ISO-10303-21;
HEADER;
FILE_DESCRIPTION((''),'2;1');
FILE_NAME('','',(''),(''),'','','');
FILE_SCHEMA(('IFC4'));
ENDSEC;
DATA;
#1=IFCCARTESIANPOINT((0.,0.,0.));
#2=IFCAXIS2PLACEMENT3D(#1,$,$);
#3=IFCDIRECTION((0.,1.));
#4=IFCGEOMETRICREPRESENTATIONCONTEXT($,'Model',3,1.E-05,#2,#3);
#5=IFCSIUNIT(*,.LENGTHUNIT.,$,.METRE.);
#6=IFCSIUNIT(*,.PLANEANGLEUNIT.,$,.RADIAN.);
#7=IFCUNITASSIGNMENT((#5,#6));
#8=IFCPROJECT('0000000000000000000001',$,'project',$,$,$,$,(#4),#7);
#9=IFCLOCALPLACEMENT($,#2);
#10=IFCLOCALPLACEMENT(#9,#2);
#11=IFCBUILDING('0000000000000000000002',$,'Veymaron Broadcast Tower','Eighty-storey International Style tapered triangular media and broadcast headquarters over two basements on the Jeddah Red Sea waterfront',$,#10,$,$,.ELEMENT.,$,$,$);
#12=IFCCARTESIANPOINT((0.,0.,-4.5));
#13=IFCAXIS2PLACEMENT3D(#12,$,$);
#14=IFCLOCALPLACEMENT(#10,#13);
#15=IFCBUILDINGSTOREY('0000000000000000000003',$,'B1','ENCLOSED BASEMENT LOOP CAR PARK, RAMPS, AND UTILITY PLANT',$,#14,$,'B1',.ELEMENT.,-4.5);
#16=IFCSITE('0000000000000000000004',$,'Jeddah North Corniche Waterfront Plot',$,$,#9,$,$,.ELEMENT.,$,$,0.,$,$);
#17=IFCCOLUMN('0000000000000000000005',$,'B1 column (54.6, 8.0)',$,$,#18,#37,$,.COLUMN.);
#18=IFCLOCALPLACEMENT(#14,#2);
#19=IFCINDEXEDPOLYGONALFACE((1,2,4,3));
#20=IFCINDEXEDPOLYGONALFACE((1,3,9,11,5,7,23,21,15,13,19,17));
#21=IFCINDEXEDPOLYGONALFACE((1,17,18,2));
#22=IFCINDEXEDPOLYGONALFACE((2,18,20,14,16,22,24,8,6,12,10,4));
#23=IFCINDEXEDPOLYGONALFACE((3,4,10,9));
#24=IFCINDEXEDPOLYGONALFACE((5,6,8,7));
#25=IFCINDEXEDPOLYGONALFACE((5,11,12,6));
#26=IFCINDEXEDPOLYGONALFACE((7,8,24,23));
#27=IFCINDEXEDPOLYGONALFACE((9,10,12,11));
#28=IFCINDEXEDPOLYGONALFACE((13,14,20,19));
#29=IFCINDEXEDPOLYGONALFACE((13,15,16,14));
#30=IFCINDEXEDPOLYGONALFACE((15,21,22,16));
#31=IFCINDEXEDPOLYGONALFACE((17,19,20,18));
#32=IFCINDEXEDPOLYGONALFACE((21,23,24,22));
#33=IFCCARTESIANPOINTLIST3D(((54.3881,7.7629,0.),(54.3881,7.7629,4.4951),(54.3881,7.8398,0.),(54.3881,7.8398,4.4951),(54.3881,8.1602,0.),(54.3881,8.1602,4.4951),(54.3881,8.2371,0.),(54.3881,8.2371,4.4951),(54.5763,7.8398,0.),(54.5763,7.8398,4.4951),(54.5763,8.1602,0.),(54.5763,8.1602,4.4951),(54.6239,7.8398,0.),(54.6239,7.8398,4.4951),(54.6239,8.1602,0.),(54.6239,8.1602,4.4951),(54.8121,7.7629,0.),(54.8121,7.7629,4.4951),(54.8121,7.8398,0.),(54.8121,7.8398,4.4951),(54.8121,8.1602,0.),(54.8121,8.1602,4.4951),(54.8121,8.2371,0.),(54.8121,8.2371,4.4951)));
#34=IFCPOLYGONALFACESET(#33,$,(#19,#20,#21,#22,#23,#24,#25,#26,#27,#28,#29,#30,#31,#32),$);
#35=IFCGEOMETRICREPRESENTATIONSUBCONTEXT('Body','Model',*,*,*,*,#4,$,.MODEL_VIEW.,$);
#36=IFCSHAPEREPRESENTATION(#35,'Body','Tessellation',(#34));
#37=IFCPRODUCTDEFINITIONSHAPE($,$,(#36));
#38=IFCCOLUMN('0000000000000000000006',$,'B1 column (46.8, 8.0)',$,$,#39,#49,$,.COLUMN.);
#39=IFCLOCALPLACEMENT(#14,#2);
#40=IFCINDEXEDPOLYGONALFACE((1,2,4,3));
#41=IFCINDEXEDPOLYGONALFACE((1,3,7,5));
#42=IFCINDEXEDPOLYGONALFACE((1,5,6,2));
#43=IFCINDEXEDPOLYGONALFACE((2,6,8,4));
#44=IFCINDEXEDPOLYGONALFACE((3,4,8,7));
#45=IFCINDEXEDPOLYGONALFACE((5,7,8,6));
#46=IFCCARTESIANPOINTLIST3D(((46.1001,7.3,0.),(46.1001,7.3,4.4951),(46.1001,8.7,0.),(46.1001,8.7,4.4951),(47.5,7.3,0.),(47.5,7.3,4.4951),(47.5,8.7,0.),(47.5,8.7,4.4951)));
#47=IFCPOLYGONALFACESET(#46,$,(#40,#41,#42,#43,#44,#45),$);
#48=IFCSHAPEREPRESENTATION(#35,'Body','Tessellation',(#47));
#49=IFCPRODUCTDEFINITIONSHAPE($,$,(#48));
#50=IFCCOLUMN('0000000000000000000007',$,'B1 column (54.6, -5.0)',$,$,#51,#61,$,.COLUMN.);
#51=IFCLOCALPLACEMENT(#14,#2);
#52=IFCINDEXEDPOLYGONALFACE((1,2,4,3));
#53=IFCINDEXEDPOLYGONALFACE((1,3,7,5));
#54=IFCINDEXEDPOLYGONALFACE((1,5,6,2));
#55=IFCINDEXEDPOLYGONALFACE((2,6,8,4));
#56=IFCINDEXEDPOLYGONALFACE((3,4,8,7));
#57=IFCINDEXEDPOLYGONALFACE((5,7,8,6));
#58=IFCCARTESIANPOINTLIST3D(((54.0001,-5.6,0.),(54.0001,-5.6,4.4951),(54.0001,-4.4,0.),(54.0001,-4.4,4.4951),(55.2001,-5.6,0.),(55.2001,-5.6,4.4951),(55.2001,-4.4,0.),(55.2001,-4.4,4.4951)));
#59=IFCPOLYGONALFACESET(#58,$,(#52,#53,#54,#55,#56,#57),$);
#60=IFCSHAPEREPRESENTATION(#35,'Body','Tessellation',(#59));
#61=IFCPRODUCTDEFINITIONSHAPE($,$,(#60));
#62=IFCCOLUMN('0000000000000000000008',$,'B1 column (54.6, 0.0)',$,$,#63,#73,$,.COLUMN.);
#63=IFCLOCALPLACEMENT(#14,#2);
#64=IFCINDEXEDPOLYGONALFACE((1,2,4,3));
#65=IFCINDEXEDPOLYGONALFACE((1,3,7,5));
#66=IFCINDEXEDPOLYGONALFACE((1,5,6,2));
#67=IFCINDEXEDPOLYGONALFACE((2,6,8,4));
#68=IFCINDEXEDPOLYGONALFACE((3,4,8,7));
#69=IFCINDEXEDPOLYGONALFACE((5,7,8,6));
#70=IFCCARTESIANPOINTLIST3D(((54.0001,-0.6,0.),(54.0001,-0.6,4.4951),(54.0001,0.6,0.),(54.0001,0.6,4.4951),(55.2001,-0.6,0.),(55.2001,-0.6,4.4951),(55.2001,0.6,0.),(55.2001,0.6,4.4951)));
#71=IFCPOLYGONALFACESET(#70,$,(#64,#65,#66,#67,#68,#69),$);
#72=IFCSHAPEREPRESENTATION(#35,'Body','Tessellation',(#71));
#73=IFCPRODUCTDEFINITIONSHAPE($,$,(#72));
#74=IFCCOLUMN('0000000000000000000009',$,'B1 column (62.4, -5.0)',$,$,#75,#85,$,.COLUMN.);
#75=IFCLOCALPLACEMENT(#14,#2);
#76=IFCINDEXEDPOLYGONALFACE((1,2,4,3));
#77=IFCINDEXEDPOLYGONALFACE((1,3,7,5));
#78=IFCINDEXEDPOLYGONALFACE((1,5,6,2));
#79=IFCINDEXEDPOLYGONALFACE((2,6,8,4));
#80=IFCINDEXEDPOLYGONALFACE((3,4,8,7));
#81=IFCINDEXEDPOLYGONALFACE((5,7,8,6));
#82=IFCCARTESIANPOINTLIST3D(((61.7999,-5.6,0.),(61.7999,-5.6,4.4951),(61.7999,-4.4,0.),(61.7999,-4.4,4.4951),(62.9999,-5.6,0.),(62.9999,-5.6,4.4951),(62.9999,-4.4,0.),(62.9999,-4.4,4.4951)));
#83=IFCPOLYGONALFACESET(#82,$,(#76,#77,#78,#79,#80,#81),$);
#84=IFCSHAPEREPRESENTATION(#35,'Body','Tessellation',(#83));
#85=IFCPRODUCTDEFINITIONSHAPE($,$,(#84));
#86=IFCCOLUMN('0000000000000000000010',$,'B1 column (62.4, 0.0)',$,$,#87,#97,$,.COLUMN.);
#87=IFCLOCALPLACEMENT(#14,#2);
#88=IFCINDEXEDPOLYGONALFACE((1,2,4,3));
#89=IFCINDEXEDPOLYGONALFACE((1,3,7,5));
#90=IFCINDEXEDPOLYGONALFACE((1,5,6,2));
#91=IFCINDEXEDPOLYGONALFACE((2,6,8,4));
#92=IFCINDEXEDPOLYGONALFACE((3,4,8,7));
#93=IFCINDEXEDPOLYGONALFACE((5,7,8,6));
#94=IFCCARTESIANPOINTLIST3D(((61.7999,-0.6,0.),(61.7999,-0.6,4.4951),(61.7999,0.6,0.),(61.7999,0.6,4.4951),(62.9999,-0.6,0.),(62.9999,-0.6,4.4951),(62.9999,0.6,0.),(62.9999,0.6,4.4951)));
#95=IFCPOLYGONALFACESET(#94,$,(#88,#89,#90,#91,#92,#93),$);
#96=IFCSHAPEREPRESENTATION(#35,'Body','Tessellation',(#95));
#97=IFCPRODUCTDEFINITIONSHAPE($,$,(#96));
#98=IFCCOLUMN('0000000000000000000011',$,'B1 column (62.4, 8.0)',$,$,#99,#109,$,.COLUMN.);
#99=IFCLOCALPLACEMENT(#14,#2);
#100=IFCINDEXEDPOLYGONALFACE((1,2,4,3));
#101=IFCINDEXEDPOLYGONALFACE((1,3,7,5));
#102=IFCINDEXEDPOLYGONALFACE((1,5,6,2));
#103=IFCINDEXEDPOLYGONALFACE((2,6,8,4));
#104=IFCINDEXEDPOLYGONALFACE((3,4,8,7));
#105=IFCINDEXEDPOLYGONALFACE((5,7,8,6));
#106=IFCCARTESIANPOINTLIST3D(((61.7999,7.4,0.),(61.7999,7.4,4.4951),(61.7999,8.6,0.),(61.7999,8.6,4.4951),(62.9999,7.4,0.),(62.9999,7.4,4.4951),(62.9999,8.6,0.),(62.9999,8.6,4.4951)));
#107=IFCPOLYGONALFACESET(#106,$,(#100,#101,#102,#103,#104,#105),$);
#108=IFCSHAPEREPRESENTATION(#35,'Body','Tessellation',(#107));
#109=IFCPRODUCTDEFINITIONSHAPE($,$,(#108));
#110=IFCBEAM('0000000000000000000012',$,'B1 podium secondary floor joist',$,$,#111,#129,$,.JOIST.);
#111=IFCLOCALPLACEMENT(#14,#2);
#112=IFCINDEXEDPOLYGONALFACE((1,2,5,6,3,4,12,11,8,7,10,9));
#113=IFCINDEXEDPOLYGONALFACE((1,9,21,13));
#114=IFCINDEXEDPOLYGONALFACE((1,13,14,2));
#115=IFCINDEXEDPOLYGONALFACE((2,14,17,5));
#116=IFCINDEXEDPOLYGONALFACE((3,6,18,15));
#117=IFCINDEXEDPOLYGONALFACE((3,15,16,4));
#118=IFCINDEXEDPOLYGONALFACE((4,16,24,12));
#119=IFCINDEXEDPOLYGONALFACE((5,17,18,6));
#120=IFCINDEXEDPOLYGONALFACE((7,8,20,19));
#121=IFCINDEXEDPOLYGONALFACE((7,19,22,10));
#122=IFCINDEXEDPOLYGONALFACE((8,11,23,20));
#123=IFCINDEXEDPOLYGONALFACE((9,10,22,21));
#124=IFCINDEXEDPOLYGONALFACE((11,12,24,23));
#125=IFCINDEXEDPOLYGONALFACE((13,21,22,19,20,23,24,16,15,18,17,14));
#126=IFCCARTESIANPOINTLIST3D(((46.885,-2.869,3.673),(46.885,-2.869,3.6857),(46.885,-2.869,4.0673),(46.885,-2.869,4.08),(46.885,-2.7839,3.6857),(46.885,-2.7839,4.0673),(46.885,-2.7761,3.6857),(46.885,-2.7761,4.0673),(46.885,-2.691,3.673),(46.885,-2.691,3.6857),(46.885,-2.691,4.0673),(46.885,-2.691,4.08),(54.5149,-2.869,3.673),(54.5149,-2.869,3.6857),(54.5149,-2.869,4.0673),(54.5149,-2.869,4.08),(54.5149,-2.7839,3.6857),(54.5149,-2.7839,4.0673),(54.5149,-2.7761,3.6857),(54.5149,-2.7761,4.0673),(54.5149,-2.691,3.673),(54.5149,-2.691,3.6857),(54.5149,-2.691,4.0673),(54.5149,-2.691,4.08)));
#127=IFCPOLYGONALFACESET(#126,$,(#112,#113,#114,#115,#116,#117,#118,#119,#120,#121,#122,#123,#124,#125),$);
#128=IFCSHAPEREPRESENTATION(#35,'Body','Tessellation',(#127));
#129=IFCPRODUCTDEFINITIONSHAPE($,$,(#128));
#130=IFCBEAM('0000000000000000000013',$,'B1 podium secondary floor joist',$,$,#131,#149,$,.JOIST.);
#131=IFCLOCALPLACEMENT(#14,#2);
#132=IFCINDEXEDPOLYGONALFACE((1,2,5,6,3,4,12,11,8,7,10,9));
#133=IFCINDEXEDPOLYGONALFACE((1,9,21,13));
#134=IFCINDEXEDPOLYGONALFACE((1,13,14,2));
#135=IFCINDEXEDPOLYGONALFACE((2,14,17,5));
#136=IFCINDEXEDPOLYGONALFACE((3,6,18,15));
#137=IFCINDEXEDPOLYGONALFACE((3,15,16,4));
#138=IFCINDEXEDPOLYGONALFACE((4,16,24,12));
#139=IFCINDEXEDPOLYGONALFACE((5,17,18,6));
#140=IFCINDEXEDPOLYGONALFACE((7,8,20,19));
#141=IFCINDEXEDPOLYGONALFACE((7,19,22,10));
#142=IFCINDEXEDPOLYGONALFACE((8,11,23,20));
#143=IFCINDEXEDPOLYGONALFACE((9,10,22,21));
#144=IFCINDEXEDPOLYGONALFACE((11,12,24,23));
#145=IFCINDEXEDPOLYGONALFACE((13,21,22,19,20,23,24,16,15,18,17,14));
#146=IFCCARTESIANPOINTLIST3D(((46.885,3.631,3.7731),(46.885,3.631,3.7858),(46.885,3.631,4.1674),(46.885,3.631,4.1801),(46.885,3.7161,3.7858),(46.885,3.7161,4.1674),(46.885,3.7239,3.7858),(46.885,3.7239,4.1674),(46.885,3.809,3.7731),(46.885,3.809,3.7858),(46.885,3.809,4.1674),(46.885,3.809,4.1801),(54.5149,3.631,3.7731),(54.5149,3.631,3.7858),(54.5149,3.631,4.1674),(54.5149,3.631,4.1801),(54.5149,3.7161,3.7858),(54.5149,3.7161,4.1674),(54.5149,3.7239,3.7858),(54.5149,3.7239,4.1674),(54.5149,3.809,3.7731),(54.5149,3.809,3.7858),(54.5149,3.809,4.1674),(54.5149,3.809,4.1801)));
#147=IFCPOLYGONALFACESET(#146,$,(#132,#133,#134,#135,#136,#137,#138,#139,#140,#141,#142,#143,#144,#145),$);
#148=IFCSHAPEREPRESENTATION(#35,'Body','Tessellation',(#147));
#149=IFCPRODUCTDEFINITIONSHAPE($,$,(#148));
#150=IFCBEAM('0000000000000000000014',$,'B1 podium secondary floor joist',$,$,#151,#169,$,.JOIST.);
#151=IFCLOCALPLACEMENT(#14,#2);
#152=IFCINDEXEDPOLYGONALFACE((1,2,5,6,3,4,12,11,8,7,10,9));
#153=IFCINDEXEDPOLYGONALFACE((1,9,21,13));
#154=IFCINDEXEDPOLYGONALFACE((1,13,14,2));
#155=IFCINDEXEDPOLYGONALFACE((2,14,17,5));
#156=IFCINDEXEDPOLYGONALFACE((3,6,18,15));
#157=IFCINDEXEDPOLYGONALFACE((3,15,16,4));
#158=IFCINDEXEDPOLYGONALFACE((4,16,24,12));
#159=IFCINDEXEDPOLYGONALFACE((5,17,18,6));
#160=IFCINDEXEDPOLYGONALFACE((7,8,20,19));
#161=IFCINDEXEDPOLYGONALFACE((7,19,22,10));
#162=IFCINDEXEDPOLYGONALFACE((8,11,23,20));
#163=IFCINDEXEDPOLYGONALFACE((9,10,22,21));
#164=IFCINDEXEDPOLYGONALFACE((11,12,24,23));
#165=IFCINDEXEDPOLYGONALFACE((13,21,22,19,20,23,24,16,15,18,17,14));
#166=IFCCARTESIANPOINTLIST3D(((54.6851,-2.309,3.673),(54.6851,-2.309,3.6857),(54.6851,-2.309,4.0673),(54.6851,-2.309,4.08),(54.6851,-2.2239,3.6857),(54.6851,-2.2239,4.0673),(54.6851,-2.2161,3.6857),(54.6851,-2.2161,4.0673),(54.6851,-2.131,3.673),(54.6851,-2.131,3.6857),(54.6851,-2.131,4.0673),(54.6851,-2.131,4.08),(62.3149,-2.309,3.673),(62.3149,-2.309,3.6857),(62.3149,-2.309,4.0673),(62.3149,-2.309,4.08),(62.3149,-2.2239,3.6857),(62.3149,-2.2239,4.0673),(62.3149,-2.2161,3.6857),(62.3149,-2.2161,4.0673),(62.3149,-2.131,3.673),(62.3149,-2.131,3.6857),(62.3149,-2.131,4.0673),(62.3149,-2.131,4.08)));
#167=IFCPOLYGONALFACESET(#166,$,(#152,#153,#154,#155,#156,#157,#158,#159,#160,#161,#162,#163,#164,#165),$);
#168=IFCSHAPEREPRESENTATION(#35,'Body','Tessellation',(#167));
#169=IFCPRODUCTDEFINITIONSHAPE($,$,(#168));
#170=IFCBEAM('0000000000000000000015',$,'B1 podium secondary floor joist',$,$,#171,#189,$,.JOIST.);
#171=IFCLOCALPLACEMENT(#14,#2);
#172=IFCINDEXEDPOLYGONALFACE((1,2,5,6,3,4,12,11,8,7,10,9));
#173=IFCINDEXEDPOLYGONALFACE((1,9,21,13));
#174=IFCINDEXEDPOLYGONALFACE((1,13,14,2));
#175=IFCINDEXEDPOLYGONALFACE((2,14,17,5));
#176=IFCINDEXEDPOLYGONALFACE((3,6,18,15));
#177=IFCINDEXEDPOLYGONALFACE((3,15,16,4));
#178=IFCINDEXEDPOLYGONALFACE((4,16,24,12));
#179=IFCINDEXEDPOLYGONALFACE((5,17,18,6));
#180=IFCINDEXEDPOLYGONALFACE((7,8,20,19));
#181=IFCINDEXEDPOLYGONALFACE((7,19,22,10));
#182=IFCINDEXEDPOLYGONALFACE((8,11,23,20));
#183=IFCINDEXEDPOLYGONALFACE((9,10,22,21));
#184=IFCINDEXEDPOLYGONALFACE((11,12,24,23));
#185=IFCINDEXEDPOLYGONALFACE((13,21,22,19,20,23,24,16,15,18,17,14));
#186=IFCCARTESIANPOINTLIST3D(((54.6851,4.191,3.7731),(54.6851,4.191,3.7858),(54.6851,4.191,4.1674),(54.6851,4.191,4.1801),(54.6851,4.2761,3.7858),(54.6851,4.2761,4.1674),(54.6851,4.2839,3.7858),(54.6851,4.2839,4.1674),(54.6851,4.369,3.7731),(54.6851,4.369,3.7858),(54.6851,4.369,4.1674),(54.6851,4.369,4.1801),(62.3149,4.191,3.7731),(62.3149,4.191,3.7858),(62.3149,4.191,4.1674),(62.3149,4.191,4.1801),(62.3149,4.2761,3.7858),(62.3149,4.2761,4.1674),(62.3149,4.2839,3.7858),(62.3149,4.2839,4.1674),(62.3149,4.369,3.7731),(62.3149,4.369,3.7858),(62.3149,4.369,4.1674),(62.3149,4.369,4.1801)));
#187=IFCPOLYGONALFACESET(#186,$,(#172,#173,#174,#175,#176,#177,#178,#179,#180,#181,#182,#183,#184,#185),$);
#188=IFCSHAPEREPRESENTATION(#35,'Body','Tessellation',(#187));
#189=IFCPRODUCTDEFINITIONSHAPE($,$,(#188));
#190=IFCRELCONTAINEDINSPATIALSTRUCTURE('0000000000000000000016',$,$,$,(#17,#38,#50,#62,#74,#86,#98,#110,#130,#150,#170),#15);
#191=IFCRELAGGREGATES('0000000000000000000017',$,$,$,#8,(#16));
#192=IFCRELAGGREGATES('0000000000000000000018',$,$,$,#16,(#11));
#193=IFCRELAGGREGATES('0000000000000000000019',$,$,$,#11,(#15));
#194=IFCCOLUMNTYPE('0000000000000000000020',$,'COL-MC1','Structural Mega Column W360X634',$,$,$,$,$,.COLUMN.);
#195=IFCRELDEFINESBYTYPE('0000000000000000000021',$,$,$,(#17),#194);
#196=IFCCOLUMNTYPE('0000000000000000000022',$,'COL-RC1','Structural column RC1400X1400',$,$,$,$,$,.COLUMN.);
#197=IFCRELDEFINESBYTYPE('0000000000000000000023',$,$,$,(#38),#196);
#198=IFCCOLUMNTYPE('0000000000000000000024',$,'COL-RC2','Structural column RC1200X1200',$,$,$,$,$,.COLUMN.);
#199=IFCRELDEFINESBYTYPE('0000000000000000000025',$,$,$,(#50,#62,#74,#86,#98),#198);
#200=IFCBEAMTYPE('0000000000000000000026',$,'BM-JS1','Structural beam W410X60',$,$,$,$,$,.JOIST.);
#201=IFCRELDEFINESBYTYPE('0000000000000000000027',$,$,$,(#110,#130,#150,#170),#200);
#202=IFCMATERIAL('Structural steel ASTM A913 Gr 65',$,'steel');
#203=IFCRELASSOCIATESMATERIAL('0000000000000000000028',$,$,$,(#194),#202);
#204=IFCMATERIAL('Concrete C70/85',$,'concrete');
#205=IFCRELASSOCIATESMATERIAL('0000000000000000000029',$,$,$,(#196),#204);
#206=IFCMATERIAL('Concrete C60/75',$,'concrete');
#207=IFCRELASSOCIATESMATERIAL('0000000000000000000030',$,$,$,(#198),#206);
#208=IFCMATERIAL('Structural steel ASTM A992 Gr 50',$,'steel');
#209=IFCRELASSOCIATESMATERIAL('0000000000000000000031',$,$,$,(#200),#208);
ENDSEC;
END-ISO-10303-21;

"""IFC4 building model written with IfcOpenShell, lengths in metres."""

from ifc_helpers import new_model, si_unit, direction, frame, origin, origin_2d, place, context, subcontext, project, spatial, rectangle, i_section, extrude, material, material_profile, profile_set, type_object, element, save


model = new_model("IFC4")

# Units and contexts
model_context = context("Model", 3, precision=1e-05, world=origin(), true_north=direction((0.0, 1.0)))
body_context = subcontext(model_context, "Body", "Model", "MODEL_VIEW")
ifc_project = project(units=[si_unit("LENGTHUNIT", "METRE"), si_unit("PLANEANGLEUNIT", "RADIAN")], contexts=[model_context])

# Site, building, storey
site_placement = place(None, origin())
site = spatial("IfcSite", under=ifc_project, at=site_placement, Name="Jeddah North Corniche Waterfront Plot", CompositionType="ELEMENT", RefElevation=0.0)
building_placement = place(site_placement, origin())
building = spatial("IfcBuilding", under=site, at=building_placement, Name="Veymaron Broadcast Tower", Description="Eighty-storey International Style tapered triangular media and broadcast headquarters over two basements on the Jeddah Red Sea waterfront", CompositionType="ELEMENT")
storey_placement = place(building_placement, frame((0.0, 0.0, -4.5)))
storey = spatial("IfcBuildingStorey", under=building, at=storey_placement, Name="B1", Description="ENCLOSED BASEMENT LOOP CAR PARK, RAMPS, AND UTILITY PLANT", LongName="B1", CompositionType="ELEMENT", Elevation=-4.5)

# Columns
ifc_material_1 = material(Name="Structural steel ASTM A913 Gr 65", Category="steel")
ifc_material_profile_1 = material_profile(ifc_material_1, i_section(OverallWidth=0.4241, OverallDepth=0.4741, WebThickness=0.0476, FlangeThickness=0.0769, at=origin_2d()), Name="W360X634")
ifc_profile_set_1 = profile_set([ifc_material_profile_1], Name="Structural steel ASTM A913 Gr 65")
column_type_1 = type_object("IfcColumnType", Name="COL-MC1", Description="Structural Mega Column W360X634", PredefinedType="COLUMN", material=ifc_profile_set_1)
column_1_placement = place(storey_placement, frame((54.6001, 8.0, 0.0), z_axis=(0.0, 0.0, 1.0), x_axis=(1.0, 0.0, 0.0)))
element("IfcColumn", 1, at=column_1_placement, inside=storey, type_object=column_type_1, Name="B1 column (54.6, 8.0)", PredefinedType="COLUMN", context=body_context, shape_type="SweptSolid", body=[
    extrude(i_section(OverallWidth=0.4241, OverallDepth=0.4741, WebThickness=0.0476, FlangeThickness=0.0769, at=origin_2d()), origin(), (0.0, 0.0, 1.0), 4.4951),
])
ifc_material_2 = material(Name="Concrete C70/85", Category="concrete")
ifc_material_profile_2 = material_profile(ifc_material_2, rectangle(XDim=1.3999, YDim=1.3999, at=origin_2d()), Name="RC1400X1400")
ifc_profile_set_2 = profile_set([ifc_material_profile_2], Name="Concrete C70/85")
column_type_2 = type_object("IfcColumnType", Name="COL-RC1", Description="Structural column RC1400X1400", PredefinedType="COLUMN", material=ifc_profile_set_2)
column_2_placement = place(storey_placement, frame((46.8, 8.0, 0.0), z_axis=(0.0, 0.0, 1.0), x_axis=(1.0, 0.0, 0.0)))
element("IfcColumn", 2, at=column_2_placement, inside=storey, type_object=column_type_2, Name="B1 column (46.8, 8.0)", PredefinedType="COLUMN", context=body_context, shape_type="SweptSolid", body=[
    extrude(rectangle(XDim=1.3999, YDim=1.3999, at=origin_2d()), origin(), (0.0, 0.0, 1.0), 4.4951),
])
ifc_material_3 = material(Name="Concrete C60/75", Category="concrete")
ifc_material_profile_3 = material_profile(ifc_material_3, rectangle(XDim=1.2, YDim=1.2, at=origin_2d()), Name="RC1200X1200")
ifc_profile_set_3 = profile_set([ifc_material_profile_3], Name="Concrete C60/75")
column_type_3 = type_object("IfcColumnType", Name="COL-RC2", Description="Structural column RC1200X1200", PredefinedType="COLUMN", material=ifc_profile_set_3)
for number, where, z_axis, x_axis, name in (
    (3, (54.6001, -5.0, 0.0), (0.0, 0.0, 1.0), (1.0, 0.0, 0.0), "B1 column (54.6, -5.0)"),
    (4, (54.6001, 0.0, 0.0), (0.0, 0.0, 1.0), (1.0, 0.0, 0.0), "B1 column (54.6, 0.0)"),
    (5, (62.3999, -5.0, 0.0), (0.0, 0.0, 1.0), (1.0, 0.0, 0.0), "B1 column (62.4, -5.0)"),
    (6, (62.3999, 0.0, 0.0), (0.0, 0.0, 1.0), (1.0, 0.0, 0.0), "B1 column (62.4, 0.0)"),
    (7, (62.3999, 8.0, 0.0), (0.0, 0.0, 1.0), (1.0, 0.0, 0.0), "B1 column (62.4, 8.0)"),
):
    element("IfcColumn", number, at=place(storey_placement, frame(where, z_axis=z_axis, x_axis=x_axis)), inside=storey, type_object=column_type_3, Name=name, PredefinedType="COLUMN", context=body_context, shape_type="SweptSolid", body=[
        extrude(rectangle(XDim=1.2, YDim=1.2, at=origin_2d()), origin(), (0.0, 0.0, 1.0), 4.4951),
    ])

# Beams
ifc_material_4 = material(Name="Structural steel ASTM A992 Gr 50", Category="steel")
ifc_material_profile_4 = material_profile(ifc_material_4, i_section(OverallWidth=0.178, OverallDepth=0.407, WebThickness=0.0078, FlangeThickness=0.0127, at=origin_2d()), Name="W410X60")
ifc_profile_set_4 = profile_set([ifc_material_profile_4], Name="Structural steel ASTM A992 Gr 50")
beam_type_1 = type_object("IfcBeamType", Name="BM-JS1", Description="Structural beam W410X60", PredefinedType="JOIST", material=ifc_profile_set_4)
for number, where, z_axis, x_axis, name in (
    (8, (46.885, -2.78, 3.8765), (1.0, 0.0, 0.0), (0.0, 1.0, 0.0), "B1 podium secondary floor joist"),
    (9, (46.885, 3.72, 3.9766), (1.0, 0.0, 0.0), (0.0, 1.0, 0.0), "B1 podium secondary floor joist"),
    (10, (54.6851, -2.22, 3.8765), (1.0, 0.0, 0.0), (0.0, 1.0, 0.0), "B1 podium secondary floor joist"),
    (11, (54.6851, 4.28, 3.9766), (1.0, 0.0, 0.0), (0.0, 1.0, 0.0), "B1 podium secondary floor joist"),
):
    element("IfcBeam", number, at=place(storey_placement, frame(where, z_axis=z_axis, x_axis=x_axis)), inside=storey, type_object=beam_type_1, Name=name, PredefinedType="JOIST", context=body_context, shape_type="SweptSolid", body=[
        extrude(i_section(OverallWidth=0.178, OverallDepth=0.407, WebThickness=0.0078, FlangeThickness=0.0127, at=origin_2d()), origin(), (0.0, 0.0, 1.0), 7.6299),
    ])

save(model, "model.ifc")
